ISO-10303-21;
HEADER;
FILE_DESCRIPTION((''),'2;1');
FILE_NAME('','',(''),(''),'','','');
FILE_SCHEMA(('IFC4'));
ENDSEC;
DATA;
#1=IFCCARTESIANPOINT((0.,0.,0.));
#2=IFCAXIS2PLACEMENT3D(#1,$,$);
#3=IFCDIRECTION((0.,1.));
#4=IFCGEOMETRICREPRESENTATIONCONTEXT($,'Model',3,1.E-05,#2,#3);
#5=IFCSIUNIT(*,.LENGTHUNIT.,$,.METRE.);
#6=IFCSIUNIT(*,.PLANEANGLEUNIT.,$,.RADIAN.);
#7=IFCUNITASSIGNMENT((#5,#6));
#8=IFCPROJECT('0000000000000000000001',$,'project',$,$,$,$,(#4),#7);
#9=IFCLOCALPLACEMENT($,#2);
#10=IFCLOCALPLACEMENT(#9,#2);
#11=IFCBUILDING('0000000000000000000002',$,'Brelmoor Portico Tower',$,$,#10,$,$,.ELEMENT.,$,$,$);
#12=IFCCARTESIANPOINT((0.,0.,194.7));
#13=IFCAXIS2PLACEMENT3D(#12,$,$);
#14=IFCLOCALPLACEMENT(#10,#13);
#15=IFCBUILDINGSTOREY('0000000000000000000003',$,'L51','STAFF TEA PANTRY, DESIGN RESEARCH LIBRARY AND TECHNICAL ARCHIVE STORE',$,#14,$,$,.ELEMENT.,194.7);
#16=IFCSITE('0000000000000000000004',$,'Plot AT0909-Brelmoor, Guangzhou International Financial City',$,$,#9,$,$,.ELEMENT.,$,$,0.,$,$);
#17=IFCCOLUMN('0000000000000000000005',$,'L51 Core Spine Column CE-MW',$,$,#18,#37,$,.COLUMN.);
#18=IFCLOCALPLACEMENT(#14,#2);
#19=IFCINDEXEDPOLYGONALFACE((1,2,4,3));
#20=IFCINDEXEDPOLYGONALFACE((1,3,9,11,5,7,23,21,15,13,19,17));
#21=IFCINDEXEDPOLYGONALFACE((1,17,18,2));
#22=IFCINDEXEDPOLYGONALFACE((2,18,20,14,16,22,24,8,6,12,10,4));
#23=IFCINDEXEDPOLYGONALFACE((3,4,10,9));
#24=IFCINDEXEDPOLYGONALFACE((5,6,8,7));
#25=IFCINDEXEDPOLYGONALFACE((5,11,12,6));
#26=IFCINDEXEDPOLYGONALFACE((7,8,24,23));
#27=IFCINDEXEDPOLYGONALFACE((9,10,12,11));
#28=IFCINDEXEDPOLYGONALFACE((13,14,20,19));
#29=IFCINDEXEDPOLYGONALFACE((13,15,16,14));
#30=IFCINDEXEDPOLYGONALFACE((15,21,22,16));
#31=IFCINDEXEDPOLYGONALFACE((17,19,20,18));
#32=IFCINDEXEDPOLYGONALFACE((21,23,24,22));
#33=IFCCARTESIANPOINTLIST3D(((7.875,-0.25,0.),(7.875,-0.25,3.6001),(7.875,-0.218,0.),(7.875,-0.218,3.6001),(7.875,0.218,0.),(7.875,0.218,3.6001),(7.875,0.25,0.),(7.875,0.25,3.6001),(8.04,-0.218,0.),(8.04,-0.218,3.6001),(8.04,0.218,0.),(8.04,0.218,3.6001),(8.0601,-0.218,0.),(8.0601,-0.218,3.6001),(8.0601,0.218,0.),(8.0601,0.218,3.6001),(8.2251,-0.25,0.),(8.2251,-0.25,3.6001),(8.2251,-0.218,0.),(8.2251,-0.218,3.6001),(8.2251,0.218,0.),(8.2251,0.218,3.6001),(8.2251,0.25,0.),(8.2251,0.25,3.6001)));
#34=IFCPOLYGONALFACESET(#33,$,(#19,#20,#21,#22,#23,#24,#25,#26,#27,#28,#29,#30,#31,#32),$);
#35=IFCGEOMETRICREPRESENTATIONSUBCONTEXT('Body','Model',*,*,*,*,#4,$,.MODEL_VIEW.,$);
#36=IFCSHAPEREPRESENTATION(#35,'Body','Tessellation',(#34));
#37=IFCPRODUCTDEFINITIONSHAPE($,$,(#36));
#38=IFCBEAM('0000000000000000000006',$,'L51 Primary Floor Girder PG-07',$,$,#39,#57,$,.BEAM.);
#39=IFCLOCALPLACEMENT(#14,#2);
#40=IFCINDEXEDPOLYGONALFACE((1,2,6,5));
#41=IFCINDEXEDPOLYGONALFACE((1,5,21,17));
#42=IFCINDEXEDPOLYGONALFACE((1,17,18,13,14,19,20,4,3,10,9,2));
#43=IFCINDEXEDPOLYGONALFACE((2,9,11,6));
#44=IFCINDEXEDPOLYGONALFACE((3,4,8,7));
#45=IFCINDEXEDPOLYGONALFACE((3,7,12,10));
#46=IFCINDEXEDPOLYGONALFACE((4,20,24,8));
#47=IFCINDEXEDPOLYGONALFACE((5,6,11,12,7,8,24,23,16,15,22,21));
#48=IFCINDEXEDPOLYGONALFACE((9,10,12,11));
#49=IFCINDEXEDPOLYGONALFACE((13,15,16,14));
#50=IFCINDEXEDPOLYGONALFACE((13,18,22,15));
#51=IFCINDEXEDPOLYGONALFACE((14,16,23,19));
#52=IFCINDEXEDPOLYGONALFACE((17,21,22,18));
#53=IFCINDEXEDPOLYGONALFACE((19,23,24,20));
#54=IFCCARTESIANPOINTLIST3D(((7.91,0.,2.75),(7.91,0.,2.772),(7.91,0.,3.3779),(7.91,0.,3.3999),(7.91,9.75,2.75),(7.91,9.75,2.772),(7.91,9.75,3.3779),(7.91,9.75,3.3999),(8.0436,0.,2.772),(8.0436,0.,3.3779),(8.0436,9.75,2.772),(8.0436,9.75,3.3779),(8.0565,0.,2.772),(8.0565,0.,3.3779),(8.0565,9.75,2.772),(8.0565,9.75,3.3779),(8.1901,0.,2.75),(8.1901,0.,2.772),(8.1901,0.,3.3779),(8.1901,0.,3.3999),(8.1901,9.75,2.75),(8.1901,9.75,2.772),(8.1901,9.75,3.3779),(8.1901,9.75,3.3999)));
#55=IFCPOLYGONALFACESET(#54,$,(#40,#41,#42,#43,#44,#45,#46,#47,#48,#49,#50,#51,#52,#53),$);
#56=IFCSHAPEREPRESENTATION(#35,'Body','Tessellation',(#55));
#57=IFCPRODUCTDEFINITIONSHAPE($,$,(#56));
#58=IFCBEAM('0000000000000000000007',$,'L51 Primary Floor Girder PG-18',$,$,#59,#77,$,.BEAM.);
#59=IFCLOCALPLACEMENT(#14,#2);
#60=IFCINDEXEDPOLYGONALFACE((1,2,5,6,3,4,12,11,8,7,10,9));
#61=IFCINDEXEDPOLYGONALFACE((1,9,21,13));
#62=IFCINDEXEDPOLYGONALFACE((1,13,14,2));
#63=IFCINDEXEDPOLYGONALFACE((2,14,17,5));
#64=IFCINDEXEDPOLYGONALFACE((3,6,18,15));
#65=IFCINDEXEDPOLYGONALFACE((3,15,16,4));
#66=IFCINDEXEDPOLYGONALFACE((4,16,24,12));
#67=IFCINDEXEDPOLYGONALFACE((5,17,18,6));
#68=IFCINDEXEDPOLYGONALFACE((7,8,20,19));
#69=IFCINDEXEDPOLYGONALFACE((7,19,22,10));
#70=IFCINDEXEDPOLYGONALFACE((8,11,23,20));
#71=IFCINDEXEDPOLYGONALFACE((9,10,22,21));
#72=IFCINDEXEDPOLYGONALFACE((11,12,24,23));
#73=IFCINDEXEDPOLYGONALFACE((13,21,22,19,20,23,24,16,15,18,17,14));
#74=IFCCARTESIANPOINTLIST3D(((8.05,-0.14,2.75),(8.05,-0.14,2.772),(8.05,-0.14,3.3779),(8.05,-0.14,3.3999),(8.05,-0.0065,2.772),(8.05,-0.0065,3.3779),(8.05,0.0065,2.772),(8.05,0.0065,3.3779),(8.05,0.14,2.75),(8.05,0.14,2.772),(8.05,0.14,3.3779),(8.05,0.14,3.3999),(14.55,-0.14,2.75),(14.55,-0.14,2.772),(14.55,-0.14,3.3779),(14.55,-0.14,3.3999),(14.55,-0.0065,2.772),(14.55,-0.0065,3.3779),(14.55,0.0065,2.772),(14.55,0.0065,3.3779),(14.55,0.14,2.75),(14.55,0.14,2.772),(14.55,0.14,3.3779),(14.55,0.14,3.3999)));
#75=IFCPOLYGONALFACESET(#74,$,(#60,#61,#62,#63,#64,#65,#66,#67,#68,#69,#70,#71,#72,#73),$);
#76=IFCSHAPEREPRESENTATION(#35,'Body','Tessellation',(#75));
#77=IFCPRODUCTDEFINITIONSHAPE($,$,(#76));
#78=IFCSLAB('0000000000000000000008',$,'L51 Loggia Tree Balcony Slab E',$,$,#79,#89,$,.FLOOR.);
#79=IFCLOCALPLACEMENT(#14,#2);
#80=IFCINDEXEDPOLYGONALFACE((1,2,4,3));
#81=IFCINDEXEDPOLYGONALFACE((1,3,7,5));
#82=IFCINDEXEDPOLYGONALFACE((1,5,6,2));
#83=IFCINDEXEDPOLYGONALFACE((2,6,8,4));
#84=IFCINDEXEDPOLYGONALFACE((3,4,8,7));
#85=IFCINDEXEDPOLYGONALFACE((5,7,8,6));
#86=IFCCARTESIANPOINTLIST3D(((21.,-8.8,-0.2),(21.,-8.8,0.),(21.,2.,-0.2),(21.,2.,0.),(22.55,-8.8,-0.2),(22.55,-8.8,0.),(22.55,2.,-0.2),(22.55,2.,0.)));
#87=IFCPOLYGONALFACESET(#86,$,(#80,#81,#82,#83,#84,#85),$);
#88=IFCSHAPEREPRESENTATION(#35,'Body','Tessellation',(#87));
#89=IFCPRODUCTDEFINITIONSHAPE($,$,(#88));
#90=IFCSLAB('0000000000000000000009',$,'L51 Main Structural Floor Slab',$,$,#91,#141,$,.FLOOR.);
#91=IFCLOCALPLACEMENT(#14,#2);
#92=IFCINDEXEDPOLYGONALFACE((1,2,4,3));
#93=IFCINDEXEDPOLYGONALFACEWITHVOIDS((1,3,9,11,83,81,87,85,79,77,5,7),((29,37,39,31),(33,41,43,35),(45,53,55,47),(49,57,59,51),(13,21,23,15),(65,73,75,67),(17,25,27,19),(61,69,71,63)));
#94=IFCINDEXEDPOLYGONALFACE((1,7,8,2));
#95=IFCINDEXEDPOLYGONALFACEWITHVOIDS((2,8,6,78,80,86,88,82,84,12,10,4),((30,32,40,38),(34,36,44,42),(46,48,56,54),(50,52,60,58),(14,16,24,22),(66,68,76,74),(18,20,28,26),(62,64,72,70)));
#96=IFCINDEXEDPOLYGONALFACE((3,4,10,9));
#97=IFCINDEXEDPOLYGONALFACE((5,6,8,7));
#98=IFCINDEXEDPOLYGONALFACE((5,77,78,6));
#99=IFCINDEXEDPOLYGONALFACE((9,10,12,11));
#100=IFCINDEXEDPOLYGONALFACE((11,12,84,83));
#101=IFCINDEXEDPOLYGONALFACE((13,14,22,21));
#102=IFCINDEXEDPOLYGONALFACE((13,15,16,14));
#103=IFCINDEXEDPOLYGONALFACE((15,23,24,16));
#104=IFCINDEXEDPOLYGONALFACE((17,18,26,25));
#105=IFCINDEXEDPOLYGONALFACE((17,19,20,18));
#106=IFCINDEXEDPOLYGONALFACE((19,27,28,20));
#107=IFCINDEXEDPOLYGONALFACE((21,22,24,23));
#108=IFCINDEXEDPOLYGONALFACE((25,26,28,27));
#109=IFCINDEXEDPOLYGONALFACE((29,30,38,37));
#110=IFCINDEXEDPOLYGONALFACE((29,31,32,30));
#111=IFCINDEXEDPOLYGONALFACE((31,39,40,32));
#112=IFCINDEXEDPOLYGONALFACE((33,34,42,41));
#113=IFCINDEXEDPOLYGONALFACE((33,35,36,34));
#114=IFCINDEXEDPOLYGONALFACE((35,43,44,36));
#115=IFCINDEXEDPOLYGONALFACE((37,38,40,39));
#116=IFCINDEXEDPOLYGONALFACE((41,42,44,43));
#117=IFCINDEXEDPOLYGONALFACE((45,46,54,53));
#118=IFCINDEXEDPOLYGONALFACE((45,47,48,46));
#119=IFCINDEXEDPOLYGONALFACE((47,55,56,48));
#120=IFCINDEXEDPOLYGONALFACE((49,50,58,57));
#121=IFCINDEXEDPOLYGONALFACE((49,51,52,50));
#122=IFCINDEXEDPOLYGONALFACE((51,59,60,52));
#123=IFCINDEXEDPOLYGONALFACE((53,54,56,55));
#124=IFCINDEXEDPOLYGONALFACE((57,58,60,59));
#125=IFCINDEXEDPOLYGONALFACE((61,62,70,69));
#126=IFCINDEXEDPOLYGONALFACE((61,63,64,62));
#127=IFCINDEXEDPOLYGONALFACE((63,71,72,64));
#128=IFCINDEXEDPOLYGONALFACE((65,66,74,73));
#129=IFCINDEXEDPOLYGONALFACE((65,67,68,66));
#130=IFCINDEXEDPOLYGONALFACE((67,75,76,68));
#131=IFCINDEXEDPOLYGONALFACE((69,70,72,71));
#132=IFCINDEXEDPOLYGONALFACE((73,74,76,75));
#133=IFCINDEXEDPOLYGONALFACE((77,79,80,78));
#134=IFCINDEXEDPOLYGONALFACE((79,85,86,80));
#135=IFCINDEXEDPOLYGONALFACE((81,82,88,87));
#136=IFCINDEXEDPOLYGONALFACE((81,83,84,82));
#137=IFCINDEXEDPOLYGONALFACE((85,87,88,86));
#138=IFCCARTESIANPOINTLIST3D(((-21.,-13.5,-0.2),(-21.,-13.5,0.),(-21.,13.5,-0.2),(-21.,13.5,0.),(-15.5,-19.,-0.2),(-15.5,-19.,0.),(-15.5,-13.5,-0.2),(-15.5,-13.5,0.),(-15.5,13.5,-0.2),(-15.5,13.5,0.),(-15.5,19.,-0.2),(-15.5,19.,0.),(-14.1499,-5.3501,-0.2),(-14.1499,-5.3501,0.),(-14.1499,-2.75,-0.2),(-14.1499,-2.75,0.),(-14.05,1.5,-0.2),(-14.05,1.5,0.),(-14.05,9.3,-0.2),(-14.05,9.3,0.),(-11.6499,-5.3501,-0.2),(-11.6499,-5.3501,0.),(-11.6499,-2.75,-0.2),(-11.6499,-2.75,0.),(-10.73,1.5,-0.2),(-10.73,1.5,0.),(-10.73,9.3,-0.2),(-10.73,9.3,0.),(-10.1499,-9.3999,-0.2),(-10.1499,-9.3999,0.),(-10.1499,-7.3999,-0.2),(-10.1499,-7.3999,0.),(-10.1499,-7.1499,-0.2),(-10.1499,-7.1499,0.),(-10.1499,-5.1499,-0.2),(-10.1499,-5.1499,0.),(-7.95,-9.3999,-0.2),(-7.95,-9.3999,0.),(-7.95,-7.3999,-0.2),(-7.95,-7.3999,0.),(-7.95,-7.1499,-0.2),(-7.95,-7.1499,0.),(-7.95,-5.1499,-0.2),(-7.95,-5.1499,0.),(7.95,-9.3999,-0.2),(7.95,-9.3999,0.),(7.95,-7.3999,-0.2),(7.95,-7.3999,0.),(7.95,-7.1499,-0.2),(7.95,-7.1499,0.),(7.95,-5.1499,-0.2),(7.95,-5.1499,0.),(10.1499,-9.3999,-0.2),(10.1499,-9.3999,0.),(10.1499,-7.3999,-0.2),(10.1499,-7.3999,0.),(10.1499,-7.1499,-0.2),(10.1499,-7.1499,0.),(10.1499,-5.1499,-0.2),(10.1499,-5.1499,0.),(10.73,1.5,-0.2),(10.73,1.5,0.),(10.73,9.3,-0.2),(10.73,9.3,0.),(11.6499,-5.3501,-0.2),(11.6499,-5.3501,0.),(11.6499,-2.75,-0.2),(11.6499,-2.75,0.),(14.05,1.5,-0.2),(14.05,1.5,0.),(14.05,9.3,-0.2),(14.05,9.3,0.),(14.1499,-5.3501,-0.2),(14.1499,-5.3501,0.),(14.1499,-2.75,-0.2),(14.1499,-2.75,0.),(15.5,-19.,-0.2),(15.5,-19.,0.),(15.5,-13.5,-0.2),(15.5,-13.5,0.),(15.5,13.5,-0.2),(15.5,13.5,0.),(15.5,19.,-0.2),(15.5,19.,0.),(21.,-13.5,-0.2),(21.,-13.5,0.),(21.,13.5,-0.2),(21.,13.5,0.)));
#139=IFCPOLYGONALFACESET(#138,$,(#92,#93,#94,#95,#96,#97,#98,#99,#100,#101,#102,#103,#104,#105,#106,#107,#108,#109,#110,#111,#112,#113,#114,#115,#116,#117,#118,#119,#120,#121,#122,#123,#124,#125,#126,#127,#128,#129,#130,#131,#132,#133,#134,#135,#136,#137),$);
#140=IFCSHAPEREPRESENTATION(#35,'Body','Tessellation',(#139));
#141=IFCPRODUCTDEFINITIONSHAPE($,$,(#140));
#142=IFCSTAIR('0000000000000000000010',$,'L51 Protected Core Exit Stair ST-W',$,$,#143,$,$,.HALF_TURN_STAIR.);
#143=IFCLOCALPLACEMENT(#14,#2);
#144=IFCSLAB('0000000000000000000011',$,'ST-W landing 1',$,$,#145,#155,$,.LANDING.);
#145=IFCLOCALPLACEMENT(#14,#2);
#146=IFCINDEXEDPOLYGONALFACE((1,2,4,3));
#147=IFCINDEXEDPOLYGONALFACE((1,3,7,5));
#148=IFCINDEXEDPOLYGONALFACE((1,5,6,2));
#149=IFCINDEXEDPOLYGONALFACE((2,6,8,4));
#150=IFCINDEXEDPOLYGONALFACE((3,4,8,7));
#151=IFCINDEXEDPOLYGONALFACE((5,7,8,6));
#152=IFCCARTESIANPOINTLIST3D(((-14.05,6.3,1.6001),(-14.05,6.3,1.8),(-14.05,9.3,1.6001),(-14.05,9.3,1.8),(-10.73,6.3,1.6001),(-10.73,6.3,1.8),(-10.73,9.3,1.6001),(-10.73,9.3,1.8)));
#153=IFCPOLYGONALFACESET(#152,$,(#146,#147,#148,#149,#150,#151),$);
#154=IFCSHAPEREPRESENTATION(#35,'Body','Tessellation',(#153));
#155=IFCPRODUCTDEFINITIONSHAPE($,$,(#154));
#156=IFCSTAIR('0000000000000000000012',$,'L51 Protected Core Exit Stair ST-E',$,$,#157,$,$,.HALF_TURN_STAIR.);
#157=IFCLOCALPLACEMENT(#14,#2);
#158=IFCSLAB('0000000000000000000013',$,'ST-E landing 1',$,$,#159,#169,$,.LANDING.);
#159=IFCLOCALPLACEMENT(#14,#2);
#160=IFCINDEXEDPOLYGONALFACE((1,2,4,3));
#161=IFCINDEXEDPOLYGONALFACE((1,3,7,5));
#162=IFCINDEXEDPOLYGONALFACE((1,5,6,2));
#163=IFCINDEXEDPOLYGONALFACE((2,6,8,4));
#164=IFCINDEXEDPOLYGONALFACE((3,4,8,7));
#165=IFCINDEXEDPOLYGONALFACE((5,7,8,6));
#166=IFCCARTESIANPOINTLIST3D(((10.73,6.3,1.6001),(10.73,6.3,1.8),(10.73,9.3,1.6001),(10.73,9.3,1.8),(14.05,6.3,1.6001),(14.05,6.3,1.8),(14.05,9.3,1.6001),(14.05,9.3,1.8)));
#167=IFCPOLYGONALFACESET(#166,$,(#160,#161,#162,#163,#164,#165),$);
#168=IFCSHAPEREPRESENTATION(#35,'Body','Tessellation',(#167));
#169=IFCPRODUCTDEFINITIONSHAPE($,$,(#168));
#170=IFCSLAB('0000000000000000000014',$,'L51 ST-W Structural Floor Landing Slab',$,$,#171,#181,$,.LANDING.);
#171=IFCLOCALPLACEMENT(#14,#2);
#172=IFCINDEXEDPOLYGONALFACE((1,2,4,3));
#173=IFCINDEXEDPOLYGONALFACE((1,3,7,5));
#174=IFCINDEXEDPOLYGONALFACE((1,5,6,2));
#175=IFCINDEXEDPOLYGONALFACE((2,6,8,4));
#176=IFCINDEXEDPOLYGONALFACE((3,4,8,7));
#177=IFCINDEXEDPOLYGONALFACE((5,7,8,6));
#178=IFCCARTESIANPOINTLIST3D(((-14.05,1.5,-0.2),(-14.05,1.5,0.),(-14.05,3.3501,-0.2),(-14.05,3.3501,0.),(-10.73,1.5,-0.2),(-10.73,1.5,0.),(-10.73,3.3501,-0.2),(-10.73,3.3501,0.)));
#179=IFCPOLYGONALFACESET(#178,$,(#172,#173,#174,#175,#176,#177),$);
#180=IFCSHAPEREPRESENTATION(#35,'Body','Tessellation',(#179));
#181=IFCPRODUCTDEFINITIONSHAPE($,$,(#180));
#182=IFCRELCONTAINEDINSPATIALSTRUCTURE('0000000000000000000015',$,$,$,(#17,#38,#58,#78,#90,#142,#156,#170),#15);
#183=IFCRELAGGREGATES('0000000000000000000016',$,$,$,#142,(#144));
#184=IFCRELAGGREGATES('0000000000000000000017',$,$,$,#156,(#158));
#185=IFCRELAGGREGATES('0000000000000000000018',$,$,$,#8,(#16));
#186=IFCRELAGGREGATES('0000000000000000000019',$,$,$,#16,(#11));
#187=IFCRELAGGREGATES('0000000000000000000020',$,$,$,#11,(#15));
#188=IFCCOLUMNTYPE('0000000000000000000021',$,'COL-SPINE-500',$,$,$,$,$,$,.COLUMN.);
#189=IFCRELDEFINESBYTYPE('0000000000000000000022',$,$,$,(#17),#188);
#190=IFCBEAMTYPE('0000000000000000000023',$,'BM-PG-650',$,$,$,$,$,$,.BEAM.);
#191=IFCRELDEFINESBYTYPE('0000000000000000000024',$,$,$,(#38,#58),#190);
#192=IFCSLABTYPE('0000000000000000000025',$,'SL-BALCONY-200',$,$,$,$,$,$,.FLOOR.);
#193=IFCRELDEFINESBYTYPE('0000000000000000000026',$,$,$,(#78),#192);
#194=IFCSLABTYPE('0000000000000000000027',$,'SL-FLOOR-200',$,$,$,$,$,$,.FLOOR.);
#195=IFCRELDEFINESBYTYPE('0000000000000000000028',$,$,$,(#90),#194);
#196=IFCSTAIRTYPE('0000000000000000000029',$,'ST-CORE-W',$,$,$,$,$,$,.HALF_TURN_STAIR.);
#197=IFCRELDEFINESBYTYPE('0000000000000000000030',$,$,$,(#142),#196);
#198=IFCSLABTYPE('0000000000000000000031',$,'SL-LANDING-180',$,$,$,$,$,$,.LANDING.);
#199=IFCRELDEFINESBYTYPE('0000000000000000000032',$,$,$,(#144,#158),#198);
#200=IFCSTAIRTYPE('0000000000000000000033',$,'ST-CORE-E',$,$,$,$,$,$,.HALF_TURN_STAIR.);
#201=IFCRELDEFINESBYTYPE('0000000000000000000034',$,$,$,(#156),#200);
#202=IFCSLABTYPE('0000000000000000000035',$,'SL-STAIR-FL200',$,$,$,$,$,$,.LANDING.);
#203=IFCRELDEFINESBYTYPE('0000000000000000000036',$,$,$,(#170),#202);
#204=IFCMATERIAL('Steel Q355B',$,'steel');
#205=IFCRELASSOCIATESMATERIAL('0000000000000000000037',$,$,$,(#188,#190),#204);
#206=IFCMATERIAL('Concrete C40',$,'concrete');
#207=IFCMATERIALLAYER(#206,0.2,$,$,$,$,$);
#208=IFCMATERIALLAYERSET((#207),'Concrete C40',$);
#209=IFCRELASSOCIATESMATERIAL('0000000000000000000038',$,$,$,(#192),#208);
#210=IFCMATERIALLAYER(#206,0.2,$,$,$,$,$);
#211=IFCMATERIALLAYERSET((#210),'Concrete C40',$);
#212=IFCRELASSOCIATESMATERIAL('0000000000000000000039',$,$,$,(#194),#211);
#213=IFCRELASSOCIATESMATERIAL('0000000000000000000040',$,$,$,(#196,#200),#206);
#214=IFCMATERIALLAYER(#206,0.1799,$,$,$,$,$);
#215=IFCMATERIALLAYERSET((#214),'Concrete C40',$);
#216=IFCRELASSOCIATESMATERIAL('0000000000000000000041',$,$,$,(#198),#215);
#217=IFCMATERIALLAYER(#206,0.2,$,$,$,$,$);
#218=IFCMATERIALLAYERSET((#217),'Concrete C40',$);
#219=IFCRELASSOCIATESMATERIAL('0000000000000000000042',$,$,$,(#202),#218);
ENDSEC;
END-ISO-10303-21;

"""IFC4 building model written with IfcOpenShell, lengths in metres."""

from ifc_helpers import new_model, si_unit, direction, frame, origin, origin_2d, place, context, subcontext, project, spatial, polyline, i_section, outline, extrude, material, layer, layer_set, material_profile, profile_set, type_object, element, aggregate, save


model = new_model("IFC4")

# Units and contexts
model_context = context("Model", 3, precision=1e-05, world=origin(), true_north=direction((0.0, 1.0)))
body_context = subcontext(model_context, "Body", "Model", "MODEL_VIEW")
ifc_project = project(units=[si_unit("LENGTHUNIT", "METRE"), si_unit("PLANEANGLEUNIT", "RADIAN")], contexts=[model_context])

# Site, building, storey
site_placement = place(None, origin())
site = spatial("IfcSite", under=ifc_project, at=site_placement, Name="Plot AT0909-Brelmoor, Guangzhou International Financial City", CompositionType="ELEMENT", RefElevation=0.0)
building_placement = place(site_placement, origin())
building = spatial("IfcBuilding", under=site, at=building_placement, Name="Brelmoor Portico Tower", CompositionType="ELEMENT")
storey_placement = place(building_placement, frame((0.0, 0.0, 194.7)))
storey = spatial("IfcBuildingStorey", under=building, at=storey_placement, Name="L51", Description="STAFF TEA PANTRY, DESIGN RESEARCH LIBRARY AND TECHNICAL ARCHIVE STORE", CompositionType="ELEMENT", Elevation=194.7)

# Column
ifc_material_1 = material(Name="Steel Q355B", Category="steel")
ifc_material_profile_1 = material_profile(ifc_material_1, i_section(OverallWidth=0.3501, OverallDepth=0.5, WebThickness=0.02, FlangeThickness=0.032, at=origin_2d()), Name="HW 500x350x20x32")
ifc_profile_set_1 = profile_set([ifc_material_profile_1], Name="Steel Q355B")
column_type = type_object("IfcColumnType", Name="COL-SPINE-500", PredefinedType="COLUMN", material=ifc_profile_set_1)
column_placement = place(storey_placement, frame((8.05, 0.0, 0.0), z_axis=(0.0, 0.0, 1.0), x_axis=(1.0, 0.0, 0.0)))
element("IfcColumn", 1, at=column_placement, inside=storey, type_object=column_type, Name="L51 Core Spine Column CE-MW", PredefinedType="COLUMN", context=body_context, shape_type="SweptSolid", body=[
    extrude(i_section(OverallWidth=0.3501, OverallDepth=0.5, WebThickness=0.02, FlangeThickness=0.032, at=origin_2d()), origin(), (0.0, 0.0, 1.0), 3.6001),
])

# Beams
ifc_material_profile_2 = material_profile(ifc_material_1, i_section(OverallWidth=0.28, OverallDepth=0.6499, WebThickness=0.0129, FlangeThickness=0.022, at=origin_2d()), Name="HN 650x280x13x22")
ifc_profile_set_2 = profile_set([ifc_material_profile_2], Name="Steel Q355B")
beam_type = type_object("IfcBeamType", Name="BM-PG-650", PredefinedType="BEAM", material=ifc_profile_set_2)
beam_1_placement = place(storey_placement, frame((8.05, 0.0, 3.075), z_axis=(0.0, 1.0, 0.0), x_axis=(-1.0, 0.0, 0.0)))
element("IfcBeam", 2, at=beam_1_placement, inside=storey, type_object=beam_type, Name="L51 Primary Floor Girder PG-07", PredefinedType="BEAM", context=body_context, shape_type="SweptSolid", body=[
    extrude(i_section(OverallWidth=0.28, OverallDepth=0.6499, WebThickness=0.0129, FlangeThickness=0.022, at=origin_2d()), origin(), (0.0, 0.0, 1.0), 9.75),
])
beam_2_placement = place(storey_placement, frame((8.05, 0.0, 3.075), z_axis=(1.0, 0.0, 0.0), x_axis=(0.0, 1.0, 0.0)))
element("IfcBeam", 3, at=beam_2_placement, inside=storey, type_object=beam_type, Name="L51 Primary Floor Girder PG-18", PredefinedType="BEAM", context=body_context, shape_type="SweptSolid", body=[
    extrude(i_section(OverallWidth=0.28, OverallDepth=0.6499, WebThickness=0.0129, FlangeThickness=0.022, at=origin_2d()), origin(), (0.0, 0.0, 1.0), 6.5),
])

# Slabs
ifc_material_2 = material(Name="Concrete C40", Category="concrete")
ifc_layer_1 = layer(ifc_material_2, 0.2)
ifc_layer_set_1 = layer_set([ifc_layer_1], Name="Concrete C40")
slab_type_1 = type_object("IfcSlabType", Name="SL-BALCONY-200", PredefinedType="FLOOR", material=ifc_layer_set_1)
slab_1_placement = place(storey_placement, frame((0.0, 0.0, -0.2)))
element("IfcSlab", 4, at=slab_1_placement, inside=storey, type_object=slab_type_1, Name="L51 Loggia Tree Balcony Slab E", PredefinedType="FLOOR", context=body_context, shape_type="SweptSolid", body=[
    extrude(outline(polyline([(21.0, -8.8), (22.55, -8.8), (22.55, 2.0), (21.0, 2.0), (21.0, -8.8)])), origin(), (0.0, 0.0, 1.0), 0.2),
])
ifc_layer_2 = layer(ifc_material_2, 0.2)
ifc_layer_set_2 = layer_set([ifc_layer_2], Name="Concrete C40")
slab_type_2 = type_object("IfcSlabType", Name="SL-FLOOR-200", PredefinedType="FLOOR", material=ifc_layer_set_2)
slab_2_placement = place(storey_placement, frame((0.0, 0.0, -0.2)))
element("IfcSlab", 5, at=slab_2_placement, inside=storey, type_object=slab_type_2, Name="L51 Main Structural Floor Slab", PredefinedType="FLOOR", context=body_context, shape_type="SweptSolid", body=[
    extrude(outline(polyline([(-15.5, -19.0), (15.5, -19.0), (15.5, -13.5), (21.0, -13.5), (21.0, 13.5), (15.5, 13.5), (15.5, 19.0), (-15.5, 19.0), (-15.5, 13.5), (-21.0, 13.5), (-21.0, -13.5), (-15.5, -13.5), (-15.5, -19.0)]), holes=[polyline([(-10.73, 1.5), (-10.73, 9.3), (-14.05, 9.3), (-14.05, 1.5), (-10.73, 1.5)]), polyline([(14.05, 1.5), (14.05, 9.3), (10.73, 9.3), (10.73, 1.5), (14.05, 1.5)]), polyline([(-10.1499, -9.3999), (-7.95, -9.3999), (-7.95, -7.3999), (-10.1499, -7.3999), (-10.1499, -9.3999)]), polyline([(-10.1499, -7.1499), (-7.95, -7.1499), (-7.95, -5.1499), (-10.1499, -5.1499), (-10.1499, -7.1499)]), polyline([(7.95, -9.3999), (10.1499, -9.3999), (10.1499, -7.3999), (7.95, -7.3999), (7.95, -9.3999)]), polyline([(7.95, -7.1499), (10.1499, -7.1499), (10.1499, -5.1499), (7.95, -5.1499), (7.95, -7.1499)]), polyline([(-14.1499, -5.3501), (-11.6499, -5.3501), (-11.6499, -2.75), (-14.1499, -2.75), (-14.1499, -5.3501)]), polyline([(11.6499, -5.3501), (14.1499, -5.3501), (14.1499, -2.75), (11.6499, -2.75), (11.6499, -5.3501)])]), origin(), (0.0, 0.0, 1.0), 0.2),
])

# Stairs, slabs
stair_type_1 = type_object("IfcStairType", Name="ST-CORE-W", PredefinedType="HALF_TURN_STAIR", material=ifc_material_2)
stair_1_placement = place(storey_placement, origin())
stair_1 = element("IfcStair", 6, at=stair_1_placement, inside=storey, type_object=stair_type_1, Name="L51 Protected Core Exit Stair ST-W", PredefinedType="HALF_TURN_STAIR")
ifc_layer_3 = layer(ifc_material_2, 0.1799)
ifc_layer_set_3 = layer_set([ifc_layer_3], Name="Concrete C40")
slab_type_3 = type_object("IfcSlabType", Name="SL-LANDING-180", PredefinedType="LANDING", material=ifc_layer_set_3)
slab_3_placement = place(storey_placement, frame((0.0, 0.0, 1.6001)))
slab_3 = element("IfcSlab", 7, at=slab_3_placement, type_object=slab_type_3, Name="ST-W landing 1", PredefinedType="LANDING", context=body_context, shape_type="SweptSolid", body=[
    extrude(outline(polyline([(-10.73, 6.3), (-10.73, 9.3), (-14.05, 9.3), (-14.05, 6.3), (-10.73, 6.3)])), origin(), (0.0, 0.0, 1.0), 0.2),
])
aggregate(stair_1, [slab_3])
stair_type_2 = type_object("IfcStairType", Name="ST-CORE-E", PredefinedType="HALF_TURN_STAIR", material=ifc_material_2)
stair_2_placement = place(storey_placement, origin())
stair_2 = element("IfcStair", 8, at=stair_2_placement, inside=storey, type_object=stair_type_2, Name="L51 Protected Core Exit Stair ST-E", PredefinedType="HALF_TURN_STAIR")
slab_4_placement = place(storey_placement, frame((0.0, 0.0, 1.6001)))
slab_4 = element("IfcSlab", 9, at=slab_4_placement, type_object=slab_type_3, Name="ST-E landing 1", PredefinedType="LANDING", context=body_context, shape_type="SweptSolid", body=[
    extrude(outline(polyline([(14.05, 6.3), (14.05, 9.3), (10.73, 9.3), (10.73, 6.3), (14.05, 6.3)])), origin(), (0.0, 0.0, 1.0), 0.2),
])

# Slab
ifc_layer_4 = layer(ifc_material_2, 0.2)
ifc_layer_set_4 = layer_set([ifc_layer_4], Name="Concrete C40")
slab_type_4 = type_object("IfcSlabType", Name="SL-STAIR-FL200", PredefinedType="LANDING", material=ifc_layer_set_4)
slab_5_placement = place(storey_placement, frame((0.0, 0.0, -0.2)))
element("IfcSlab", 10, at=slab_5_placement, inside=storey, type_object=slab_type_4, Name="L51 ST-W Structural Floor Landing Slab", PredefinedType="LANDING", context=body_context, shape_type="SweptSolid", body=[
    extrude(outline(polyline([(-10.73, 1.5), (-10.73, 3.3501), (-14.05, 3.3501), (-14.05, 1.5), (-10.73, 1.5)])), origin(), (0.0, 0.0, 1.0), 0.2),
])

aggregate(stair_2, [slab_4])

save(model, "model.ifc")
